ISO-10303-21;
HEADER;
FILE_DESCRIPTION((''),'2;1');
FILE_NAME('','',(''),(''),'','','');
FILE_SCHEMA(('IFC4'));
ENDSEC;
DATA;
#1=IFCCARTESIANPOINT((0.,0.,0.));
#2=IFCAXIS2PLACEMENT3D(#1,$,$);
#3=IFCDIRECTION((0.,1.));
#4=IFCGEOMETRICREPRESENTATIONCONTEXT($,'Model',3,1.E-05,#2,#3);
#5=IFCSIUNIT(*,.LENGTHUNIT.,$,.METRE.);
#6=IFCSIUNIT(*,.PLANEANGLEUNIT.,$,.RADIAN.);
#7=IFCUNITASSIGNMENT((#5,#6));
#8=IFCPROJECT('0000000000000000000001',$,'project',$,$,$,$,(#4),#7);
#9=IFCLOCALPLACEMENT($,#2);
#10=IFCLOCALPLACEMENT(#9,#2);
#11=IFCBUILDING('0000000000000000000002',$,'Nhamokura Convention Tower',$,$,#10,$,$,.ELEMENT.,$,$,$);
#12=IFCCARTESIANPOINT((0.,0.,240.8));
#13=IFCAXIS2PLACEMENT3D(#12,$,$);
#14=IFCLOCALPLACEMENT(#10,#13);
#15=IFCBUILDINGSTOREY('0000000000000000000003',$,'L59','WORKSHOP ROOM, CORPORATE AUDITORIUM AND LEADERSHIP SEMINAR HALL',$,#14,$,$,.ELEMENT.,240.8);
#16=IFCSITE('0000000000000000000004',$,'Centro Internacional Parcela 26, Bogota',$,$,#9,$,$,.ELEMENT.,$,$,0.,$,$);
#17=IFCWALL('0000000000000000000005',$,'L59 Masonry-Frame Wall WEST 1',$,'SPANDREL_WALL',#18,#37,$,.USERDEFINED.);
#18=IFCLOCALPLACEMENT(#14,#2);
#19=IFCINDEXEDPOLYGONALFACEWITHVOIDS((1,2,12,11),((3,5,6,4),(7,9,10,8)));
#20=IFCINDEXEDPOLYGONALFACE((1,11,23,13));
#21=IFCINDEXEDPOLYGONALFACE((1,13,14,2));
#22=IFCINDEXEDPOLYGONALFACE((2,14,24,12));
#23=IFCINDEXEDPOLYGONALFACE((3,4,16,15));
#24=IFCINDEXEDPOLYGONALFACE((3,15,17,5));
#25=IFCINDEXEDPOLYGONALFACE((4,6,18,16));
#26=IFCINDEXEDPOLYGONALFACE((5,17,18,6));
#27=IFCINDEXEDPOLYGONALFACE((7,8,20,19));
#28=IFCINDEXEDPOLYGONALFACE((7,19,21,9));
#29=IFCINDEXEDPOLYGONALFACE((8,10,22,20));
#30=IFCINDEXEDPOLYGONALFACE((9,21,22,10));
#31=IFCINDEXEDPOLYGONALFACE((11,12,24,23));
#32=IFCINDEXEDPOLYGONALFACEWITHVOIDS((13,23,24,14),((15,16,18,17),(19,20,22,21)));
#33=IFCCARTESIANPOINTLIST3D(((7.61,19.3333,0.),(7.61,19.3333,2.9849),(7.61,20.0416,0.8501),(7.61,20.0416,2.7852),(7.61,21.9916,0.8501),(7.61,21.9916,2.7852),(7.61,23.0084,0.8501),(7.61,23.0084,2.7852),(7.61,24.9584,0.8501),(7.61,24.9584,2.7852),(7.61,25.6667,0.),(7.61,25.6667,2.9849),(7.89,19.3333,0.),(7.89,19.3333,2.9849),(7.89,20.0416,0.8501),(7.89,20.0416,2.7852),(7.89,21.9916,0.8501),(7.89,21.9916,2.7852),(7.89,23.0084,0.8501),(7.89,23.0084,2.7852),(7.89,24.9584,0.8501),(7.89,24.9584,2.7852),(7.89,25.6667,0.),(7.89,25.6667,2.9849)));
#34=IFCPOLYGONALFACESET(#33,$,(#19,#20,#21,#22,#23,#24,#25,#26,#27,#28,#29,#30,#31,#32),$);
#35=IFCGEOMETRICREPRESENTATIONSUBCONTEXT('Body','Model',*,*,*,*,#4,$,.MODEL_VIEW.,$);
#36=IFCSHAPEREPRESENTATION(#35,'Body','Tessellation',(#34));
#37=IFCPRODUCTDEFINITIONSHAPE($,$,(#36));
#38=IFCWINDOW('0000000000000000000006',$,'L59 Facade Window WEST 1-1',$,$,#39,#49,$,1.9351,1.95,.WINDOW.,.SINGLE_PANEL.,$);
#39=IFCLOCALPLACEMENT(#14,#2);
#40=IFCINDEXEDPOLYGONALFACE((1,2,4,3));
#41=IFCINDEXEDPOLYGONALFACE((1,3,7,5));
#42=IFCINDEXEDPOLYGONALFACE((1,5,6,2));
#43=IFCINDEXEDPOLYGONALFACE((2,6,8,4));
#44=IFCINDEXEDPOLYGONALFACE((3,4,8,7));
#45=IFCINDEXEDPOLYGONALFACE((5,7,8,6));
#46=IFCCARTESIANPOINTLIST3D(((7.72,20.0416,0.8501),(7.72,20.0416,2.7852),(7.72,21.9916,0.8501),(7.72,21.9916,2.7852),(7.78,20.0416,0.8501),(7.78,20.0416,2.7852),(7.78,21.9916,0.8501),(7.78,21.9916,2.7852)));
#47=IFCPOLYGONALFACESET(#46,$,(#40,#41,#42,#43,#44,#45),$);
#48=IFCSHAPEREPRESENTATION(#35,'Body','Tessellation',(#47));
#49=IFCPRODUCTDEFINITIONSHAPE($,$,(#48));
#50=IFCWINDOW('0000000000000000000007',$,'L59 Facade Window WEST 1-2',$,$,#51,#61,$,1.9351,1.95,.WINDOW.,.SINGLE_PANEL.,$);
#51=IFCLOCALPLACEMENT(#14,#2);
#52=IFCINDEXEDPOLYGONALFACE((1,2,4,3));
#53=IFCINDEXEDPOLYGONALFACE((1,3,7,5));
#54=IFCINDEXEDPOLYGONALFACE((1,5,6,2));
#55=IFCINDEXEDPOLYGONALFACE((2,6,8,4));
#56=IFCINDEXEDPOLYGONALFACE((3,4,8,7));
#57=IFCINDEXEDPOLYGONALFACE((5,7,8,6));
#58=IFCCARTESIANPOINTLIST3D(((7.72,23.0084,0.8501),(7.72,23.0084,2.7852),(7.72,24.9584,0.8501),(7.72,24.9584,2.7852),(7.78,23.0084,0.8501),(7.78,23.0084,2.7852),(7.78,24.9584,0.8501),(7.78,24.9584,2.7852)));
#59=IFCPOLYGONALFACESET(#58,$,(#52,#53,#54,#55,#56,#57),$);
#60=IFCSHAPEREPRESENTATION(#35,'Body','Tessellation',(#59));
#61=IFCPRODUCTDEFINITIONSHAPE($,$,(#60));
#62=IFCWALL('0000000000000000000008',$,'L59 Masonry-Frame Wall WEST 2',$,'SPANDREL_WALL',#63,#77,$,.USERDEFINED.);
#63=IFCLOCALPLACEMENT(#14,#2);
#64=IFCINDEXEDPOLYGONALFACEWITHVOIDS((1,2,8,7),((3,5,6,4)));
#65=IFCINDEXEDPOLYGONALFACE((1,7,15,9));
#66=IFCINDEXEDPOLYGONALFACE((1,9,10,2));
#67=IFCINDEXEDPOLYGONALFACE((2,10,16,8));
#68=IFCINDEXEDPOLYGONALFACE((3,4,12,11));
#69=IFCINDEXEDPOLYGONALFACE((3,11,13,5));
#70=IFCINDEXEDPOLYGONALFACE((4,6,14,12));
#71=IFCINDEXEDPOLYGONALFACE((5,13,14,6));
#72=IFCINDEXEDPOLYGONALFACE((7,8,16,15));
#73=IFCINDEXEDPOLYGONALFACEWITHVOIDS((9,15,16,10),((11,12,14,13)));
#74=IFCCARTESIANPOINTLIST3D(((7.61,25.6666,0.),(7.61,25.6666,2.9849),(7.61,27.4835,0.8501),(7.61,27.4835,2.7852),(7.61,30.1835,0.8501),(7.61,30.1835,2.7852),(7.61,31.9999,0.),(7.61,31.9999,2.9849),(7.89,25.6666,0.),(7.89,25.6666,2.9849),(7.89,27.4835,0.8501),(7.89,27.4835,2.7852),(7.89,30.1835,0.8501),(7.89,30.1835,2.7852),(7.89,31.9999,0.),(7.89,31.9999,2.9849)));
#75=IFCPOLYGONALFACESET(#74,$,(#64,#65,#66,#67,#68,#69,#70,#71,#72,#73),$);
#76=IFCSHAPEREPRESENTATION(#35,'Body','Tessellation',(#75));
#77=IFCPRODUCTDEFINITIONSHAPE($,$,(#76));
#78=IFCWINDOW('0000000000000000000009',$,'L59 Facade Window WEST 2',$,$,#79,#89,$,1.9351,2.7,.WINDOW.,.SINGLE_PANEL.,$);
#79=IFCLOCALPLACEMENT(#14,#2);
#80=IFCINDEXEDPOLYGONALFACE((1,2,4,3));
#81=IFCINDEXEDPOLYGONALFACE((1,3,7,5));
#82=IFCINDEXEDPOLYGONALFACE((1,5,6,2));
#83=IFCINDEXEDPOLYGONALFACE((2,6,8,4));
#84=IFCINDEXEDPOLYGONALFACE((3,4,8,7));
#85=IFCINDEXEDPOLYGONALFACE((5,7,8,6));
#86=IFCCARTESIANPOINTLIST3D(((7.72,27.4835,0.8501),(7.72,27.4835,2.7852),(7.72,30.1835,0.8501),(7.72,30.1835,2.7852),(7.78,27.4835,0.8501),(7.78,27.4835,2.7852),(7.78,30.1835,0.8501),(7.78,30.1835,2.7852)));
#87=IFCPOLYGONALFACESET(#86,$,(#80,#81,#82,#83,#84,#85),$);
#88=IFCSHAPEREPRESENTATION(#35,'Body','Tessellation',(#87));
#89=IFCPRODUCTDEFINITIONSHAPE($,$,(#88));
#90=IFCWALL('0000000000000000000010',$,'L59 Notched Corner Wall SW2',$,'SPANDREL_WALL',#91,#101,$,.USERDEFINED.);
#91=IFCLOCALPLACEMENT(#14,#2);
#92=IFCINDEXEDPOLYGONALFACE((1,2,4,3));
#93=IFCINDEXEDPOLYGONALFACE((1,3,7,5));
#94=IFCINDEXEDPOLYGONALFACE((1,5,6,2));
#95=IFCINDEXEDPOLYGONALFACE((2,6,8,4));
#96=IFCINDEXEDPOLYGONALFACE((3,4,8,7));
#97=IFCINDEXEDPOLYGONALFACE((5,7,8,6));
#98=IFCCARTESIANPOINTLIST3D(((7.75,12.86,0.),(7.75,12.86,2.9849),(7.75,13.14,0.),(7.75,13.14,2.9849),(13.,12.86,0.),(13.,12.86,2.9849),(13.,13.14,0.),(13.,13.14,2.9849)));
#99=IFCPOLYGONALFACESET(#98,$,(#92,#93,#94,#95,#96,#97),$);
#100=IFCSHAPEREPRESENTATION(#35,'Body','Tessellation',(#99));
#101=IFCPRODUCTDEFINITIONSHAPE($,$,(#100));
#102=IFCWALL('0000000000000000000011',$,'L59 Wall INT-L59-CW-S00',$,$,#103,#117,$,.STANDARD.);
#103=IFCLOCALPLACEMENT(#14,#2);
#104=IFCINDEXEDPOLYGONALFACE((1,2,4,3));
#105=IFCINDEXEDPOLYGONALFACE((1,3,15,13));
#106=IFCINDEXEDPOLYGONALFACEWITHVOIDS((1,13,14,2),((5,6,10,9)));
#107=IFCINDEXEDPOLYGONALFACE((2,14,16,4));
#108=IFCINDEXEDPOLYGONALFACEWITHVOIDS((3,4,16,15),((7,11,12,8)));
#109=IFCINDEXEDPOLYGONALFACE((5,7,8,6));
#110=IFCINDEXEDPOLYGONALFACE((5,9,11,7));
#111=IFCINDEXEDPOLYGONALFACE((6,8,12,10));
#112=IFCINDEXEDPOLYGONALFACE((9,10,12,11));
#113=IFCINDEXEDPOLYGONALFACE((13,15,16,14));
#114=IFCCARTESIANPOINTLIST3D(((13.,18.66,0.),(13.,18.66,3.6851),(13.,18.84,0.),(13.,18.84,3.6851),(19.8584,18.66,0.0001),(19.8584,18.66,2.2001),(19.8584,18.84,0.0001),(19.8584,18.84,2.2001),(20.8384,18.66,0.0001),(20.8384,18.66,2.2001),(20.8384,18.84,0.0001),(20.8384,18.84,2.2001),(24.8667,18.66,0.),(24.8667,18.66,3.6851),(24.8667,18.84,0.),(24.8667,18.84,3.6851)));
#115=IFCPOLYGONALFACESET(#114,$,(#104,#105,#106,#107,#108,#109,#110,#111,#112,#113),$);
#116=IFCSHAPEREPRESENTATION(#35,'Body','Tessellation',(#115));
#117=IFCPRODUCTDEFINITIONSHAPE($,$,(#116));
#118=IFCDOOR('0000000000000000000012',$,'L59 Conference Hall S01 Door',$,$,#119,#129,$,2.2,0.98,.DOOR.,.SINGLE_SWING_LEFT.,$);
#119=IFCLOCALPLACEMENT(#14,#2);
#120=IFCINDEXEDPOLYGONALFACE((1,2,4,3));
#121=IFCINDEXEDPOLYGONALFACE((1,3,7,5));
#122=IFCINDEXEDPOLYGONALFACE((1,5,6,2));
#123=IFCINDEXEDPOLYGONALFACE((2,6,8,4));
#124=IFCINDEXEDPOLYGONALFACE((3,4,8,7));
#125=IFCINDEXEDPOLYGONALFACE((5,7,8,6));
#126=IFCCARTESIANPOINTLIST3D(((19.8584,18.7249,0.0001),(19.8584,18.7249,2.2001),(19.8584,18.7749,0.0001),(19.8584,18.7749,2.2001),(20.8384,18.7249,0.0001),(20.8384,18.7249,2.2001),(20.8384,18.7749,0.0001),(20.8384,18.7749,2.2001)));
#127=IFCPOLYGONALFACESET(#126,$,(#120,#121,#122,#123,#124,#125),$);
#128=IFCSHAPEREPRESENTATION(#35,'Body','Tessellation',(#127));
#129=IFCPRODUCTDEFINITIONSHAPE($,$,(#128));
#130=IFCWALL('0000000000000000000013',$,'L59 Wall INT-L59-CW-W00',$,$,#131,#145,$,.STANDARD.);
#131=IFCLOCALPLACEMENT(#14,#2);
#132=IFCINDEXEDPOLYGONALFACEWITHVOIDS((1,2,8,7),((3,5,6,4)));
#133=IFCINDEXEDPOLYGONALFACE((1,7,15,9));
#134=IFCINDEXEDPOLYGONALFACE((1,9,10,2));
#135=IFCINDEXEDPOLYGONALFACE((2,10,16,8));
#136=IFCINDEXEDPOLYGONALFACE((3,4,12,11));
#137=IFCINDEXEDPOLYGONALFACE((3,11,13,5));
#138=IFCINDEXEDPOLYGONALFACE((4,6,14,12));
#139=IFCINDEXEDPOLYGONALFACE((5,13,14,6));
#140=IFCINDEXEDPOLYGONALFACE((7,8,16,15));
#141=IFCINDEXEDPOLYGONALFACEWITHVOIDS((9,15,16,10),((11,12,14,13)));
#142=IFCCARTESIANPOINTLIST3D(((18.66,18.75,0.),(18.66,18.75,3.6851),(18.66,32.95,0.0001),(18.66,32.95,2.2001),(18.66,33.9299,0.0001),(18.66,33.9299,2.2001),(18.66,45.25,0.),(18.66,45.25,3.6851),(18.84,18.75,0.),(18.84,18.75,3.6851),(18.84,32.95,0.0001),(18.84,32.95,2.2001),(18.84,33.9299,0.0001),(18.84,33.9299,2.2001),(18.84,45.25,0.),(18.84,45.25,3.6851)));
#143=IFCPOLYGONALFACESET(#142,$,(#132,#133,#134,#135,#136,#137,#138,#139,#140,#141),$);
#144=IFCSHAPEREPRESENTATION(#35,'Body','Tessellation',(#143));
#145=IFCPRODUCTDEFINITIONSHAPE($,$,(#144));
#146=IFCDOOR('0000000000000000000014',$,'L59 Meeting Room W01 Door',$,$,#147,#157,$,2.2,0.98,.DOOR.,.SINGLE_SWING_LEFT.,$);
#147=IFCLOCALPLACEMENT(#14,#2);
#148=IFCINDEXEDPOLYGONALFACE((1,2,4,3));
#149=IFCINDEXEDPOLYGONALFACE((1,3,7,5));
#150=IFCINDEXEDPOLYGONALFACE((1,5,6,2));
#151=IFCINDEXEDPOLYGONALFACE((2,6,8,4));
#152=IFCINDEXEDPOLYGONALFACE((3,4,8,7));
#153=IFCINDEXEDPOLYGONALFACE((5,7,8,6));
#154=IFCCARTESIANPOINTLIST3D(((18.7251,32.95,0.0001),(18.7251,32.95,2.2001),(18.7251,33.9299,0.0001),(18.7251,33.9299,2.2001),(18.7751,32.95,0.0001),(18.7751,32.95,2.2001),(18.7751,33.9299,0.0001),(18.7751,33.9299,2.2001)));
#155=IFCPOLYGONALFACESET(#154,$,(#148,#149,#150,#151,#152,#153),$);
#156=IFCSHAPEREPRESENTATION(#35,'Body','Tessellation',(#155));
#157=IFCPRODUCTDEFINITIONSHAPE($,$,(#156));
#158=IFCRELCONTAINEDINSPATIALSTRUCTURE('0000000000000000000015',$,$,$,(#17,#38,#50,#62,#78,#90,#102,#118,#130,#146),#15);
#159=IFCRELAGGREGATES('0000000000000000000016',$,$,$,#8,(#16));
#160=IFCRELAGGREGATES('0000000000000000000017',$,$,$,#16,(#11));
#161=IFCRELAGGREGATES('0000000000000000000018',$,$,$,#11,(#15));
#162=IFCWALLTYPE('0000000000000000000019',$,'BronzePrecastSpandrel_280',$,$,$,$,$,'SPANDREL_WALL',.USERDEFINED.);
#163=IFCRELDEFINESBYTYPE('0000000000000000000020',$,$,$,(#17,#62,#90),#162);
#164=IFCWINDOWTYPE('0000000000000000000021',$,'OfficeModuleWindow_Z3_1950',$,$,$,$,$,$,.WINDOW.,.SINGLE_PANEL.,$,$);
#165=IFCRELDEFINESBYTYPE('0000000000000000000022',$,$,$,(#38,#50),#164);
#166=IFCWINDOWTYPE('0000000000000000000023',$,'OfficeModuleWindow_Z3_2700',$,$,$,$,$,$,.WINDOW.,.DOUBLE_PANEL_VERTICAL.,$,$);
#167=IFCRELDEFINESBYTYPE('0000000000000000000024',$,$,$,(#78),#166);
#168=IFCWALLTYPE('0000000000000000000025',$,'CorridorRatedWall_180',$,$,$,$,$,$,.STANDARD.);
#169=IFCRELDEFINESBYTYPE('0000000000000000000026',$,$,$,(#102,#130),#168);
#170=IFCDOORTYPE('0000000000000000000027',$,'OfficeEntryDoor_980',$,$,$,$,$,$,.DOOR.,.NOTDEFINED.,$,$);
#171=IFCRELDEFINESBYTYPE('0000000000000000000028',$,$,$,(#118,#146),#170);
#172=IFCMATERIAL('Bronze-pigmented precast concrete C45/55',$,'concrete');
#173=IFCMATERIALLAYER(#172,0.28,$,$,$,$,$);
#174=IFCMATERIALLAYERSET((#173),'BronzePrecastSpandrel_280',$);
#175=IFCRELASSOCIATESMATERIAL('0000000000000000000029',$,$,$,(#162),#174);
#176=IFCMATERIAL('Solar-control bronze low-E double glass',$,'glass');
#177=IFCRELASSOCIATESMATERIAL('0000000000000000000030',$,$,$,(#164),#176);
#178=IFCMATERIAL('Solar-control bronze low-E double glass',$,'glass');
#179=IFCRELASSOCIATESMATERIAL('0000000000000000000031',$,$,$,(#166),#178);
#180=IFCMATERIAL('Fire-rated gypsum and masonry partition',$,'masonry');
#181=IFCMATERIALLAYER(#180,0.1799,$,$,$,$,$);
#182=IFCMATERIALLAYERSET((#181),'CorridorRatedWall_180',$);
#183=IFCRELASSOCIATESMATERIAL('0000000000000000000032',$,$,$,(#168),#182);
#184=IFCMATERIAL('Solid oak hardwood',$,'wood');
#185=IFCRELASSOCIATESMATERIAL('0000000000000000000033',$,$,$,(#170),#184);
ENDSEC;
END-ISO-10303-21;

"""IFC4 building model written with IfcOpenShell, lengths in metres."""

from ifc_helpers import new_model, si_unit, direction, frame, frame_2d, origin, place, context, subcontext, project, spatial, rectangle, extrude, material, layer, layer_set, type_object, element, fill, save


model = new_model("IFC4")

# Units and contexts
model_context = context("Model", 3, precision=1e-05, world=origin(), true_north=direction((0.0, 1.0)))
body_context = subcontext(model_context, "Body", "Model", "MODEL_VIEW")
ifc_project = project(units=[si_unit("LENGTHUNIT", "METRE"), si_unit("PLANEANGLEUNIT", "RADIAN")], contexts=[model_context])

# Site, building, storey
site_placement = place(None, origin())
site = spatial("IfcSite", under=ifc_project, at=site_placement, Name="Centro Internacional Parcela 26, Bogota", CompositionType="ELEMENT", RefElevation=0.0)
building_placement = place(site_placement, origin())
building = spatial("IfcBuilding", under=site, at=building_placement, Name="Nhamokura Convention Tower", CompositionType="ELEMENT")
storey_placement = place(building_placement, frame((0.0, 0.0, 240.8)))
storey = spatial("IfcBuildingStorey", under=building, at=storey_placement, Name="L59", Description="WORKSHOP ROOM, CORPORATE AUDITORIUM AND LEADERSHIP SEMINAR HALL", CompositionType="ELEMENT", Elevation=240.8)

# Wall, openings, windows
ifc_material_1 = material(Name="Bronze-pigmented precast concrete C45/55", Category="concrete")
ifc_layer_1 = layer(ifc_material_1, 0.28)
ifc_layer_set_1 = layer_set([ifc_layer_1], Name="BronzePrecastSpandrel_280")
wall_type_1 = type_object("IfcWallType", Name="BronzePrecastSpandrel_280", ElementType="SPANDREL_WALL", PredefinedType="USERDEFINED", material=ifc_layer_set_1)
wall_1_placement = place(storey_placement, frame((7.75, 19.3333, 0.0), z_axis=(0.0, 0.0, 1.0), x_axis=(0.0, 1.0, 0.0)))
wall_1 = element("IfcWall", 1, at=wall_1_placement, inside=storey, type_object=wall_type_1, Name="L59 Masonry-Frame Wall WEST 1", ObjectType="SPANDREL_WALL", PredefinedType="USERDEFINED", context=body_context, shape_type="SweptSolid", body=[
    extrude(rectangle(XDim=6.3335, YDim=0.28, at=frame_2d((3.1667, 0.0))), origin(), (0.0, 0.0, 1.0), 2.9849),
])
opening_1_placement = place(wall_1_placement, frame((0.7083, 0.0, 0.8501)))
opening_1 = element("IfcOpeningElement", 2, at=opening_1_placement, cuts=wall_1, PredefinedType="OPENING", context=body_context, shape_type="SweptSolid", body=[
    extrude(rectangle(XDim=1.95, YDim=1.9351, at=frame_2d((0.9751, 0.9675))), frame((0.0, 0.1499, 0.0), z_axis=(0.0, -1.0, 0.0), x_axis=(1.0, 0.0, 0.0)), (0.0, 0.0, 1.0), 0.3),
])
opening_2_placement = place(wall_1_placement, frame((3.675, 0.0, 0.8501)))
opening_2 = element("IfcOpeningElement", 3, at=opening_2_placement, cuts=wall_1, PredefinedType="OPENING", context=body_context, shape_type="SweptSolid", body=[
    extrude(rectangle(XDim=1.95, YDim=1.9351, at=frame_2d((0.9751, 0.9675))), frame((0.0, 0.1499, 0.0), z_axis=(0.0, -1.0, 0.0), x_axis=(1.0, 0.0, 0.0)), (0.0, 0.0, 1.0), 0.3),
])
ifc_material_2 = material(Name="Solar-control bronze low-E double glass", Category="glass")
window_type_1 = type_object("IfcWindowType", Name="OfficeModuleWindow_Z3_1950", PartitioningType="SINGLE_PANEL", PredefinedType="WINDOW", material=ifc_material_2)
window_1_placement = place(opening_1_placement, origin())
window_1 = element("IfcWindow", 4, at=window_1_placement, inside=storey, type_object=window_type_1, Name="L59 Facade Window WEST 1-1", OverallHeight=1.9351, OverallWidth=1.95, PartitioningType="SINGLE_PANEL", PredefinedType="WINDOW", context=body_context, shape_type="SweptSolid", body=[
    extrude(rectangle(XDim=1.95, YDim=1.9351, at=frame_2d((0.9751, 0.9675))), frame((0.0, 0.03, 0.0), z_axis=(0.0, -1.0, 0.0), x_axis=(1.0, 0.0, 0.0)), (0.0, 0.0, 1.0), 0.0601),
])
fill(opening_1, window_1)
window_2_placement = place(opening_2_placement, origin())
window_2 = element("IfcWindow", 5, at=window_2_placement, inside=storey, type_object=window_type_1, Name="L59 Facade Window WEST 1-2", OverallHeight=1.9351, OverallWidth=1.95, PartitioningType="SINGLE_PANEL", PredefinedType="WINDOW", context=body_context, shape_type="SweptSolid", body=[
    extrude(rectangle(XDim=1.95, YDim=1.9351, at=frame_2d((0.9751, 0.9675))), frame((0.0, 0.03, 0.0), z_axis=(0.0, -1.0, 0.0), x_axis=(1.0, 0.0, 0.0)), (0.0, 0.0, 1.0), 0.0601),
])
fill(opening_2, window_2)

# Wall, opening, window
wall_2_placement = place(storey_placement, frame((7.75, 25.6667, 0.0), z_axis=(0.0, 0.0, 1.0), x_axis=(0.0, 1.0, 0.0)))
wall_2 = element("IfcWall", 6, at=wall_2_placement, inside=storey, type_object=wall_type_1, Name="L59 Masonry-Frame Wall WEST 2", ObjectType="SPANDREL_WALL", PredefinedType="USERDEFINED", context=body_context, shape_type="SweptSolid", body=[
    extrude(rectangle(XDim=6.3333, YDim=0.28, at=frame_2d((3.1665, 0.0))), origin(), (0.0, 0.0, 1.0), 2.9849),
])
opening_3_placement = place(wall_2_placement, frame((1.8167, 0.0, 0.8501)))
opening_3 = element("IfcOpeningElement", 7, at=opening_3_placement, cuts=wall_2, PredefinedType="OPENING", context=body_context, shape_type="SweptSolid", body=[
    extrude(rectangle(XDim=2.7, YDim=1.9351, at=frame_2d((1.3501, 0.9675))), frame((0.0, 0.1499, 0.0), z_axis=(0.0, -1.0, 0.0), x_axis=(1.0, 0.0, 0.0)), (0.0, 0.0, 1.0), 0.3),
])
ifc_material_3 = material(Name="Solar-control bronze low-E double glass", Category="glass")
window_type_2 = type_object("IfcWindowType", Name="OfficeModuleWindow_Z3_2700", PartitioningType="DOUBLE_PANEL_VERTICAL", PredefinedType="WINDOW", material=ifc_material_3)
window_3_placement = place(opening_3_placement, origin())
window_3 = element("IfcWindow", 8, at=window_3_placement, inside=storey, type_object=window_type_2, Name="L59 Facade Window WEST 2", OverallHeight=1.9351, OverallWidth=2.7, PartitioningType="SINGLE_PANEL", PredefinedType="WINDOW", context=body_context, shape_type="SweptSolid", body=[
    extrude(rectangle(XDim=2.7, YDim=1.9351, at=frame_2d((1.3501, 0.9675))), frame((0.0, 0.03, 0.0), z_axis=(0.0, -1.0, 0.0), x_axis=(1.0, 0.0, 0.0)), (0.0, 0.0, 1.0), 0.0601),
])
fill(opening_3, window_3)

# Wall
wall_3_placement = place(storey_placement, frame((13.0, 13.0, 0.0), z_axis=(0.0, 0.0, 1.0), x_axis=(-1.0, 0.0, 0.0)))
element("IfcWall", 9, at=wall_3_placement, inside=storey, type_object=wall_type_1, Name="L59 Notched Corner Wall SW2", ObjectType="SPANDREL_WALL", PredefinedType="USERDEFINED", context=body_context, shape_type="SweptSolid", body=[
    extrude(rectangle(XDim=5.25, YDim=0.28, at=frame_2d((2.625, 0.0))), origin(), (0.0, 0.0, 1.0), 2.9849),
])

# Walls, openings, doors
ifc_material_4 = material(Name="Fire-rated gypsum and masonry partition", Category="masonry")
ifc_layer_2 = layer(ifc_material_4, 0.1799)
ifc_layer_set_2 = layer_set([ifc_layer_2], Name="CorridorRatedWall_180")
wall_type_2 = type_object("IfcWallType", Name="CorridorRatedWall_180", PredefinedType="STANDARD", material=ifc_layer_set_2)
wall_4_placement = place(storey_placement, frame((13.0, 18.75, 0.0), z_axis=(0.0, 0.0, 1.0), x_axis=(1.0, 0.0, 0.0)))
wall_4 = element("IfcWall", 10, at=wall_4_placement, inside=storey, type_object=wall_type_2, Name="L59 Wall INT-L59-CW-S00", PredefinedType="STANDARD", context=body_context, shape_type="SweptSolid", body=[
    extrude(rectangle(XDim=11.8667, YDim=0.1799, at=frame_2d((5.9333, 0.0))), origin(), (0.0, 0.0, 1.0), 3.6851),
])
opening_4_placement = place(wall_4_placement, frame((6.8584, 0.0, 0.0)))
opening_4 = element("IfcOpeningElement", 11, at=opening_4_placement, cuts=wall_4, PredefinedType="OPENING", context=body_context, shape_type="SweptSolid", body=[
    extrude(rectangle(XDim=0.98, YDim=2.2, at=frame_2d((0.49, 1.1001))), frame((0.0, 0.0999, 0.0), z_axis=(0.0, -1.0, 0.0), x_axis=(1.0, 0.0, 0.0)), (0.0, 0.0, 1.0), 0.2),
])
ifc_material_5 = material(Name="Solid oak hardwood", Category="wood")
door_type = type_object("IfcDoorType", Name="OfficeEntryDoor_980", OperationType="NOTDEFINED", PredefinedType="DOOR", material=ifc_material_5)
door_1_placement = place(opening_4_placement, origin())
door_1 = element("IfcDoor", 12, at=door_1_placement, inside=storey, type_object=door_type, Name="L59 Conference Hall S01 Door", OperationType="SINGLE_SWING_LEFT", OverallHeight=2.2, OverallWidth=0.98, PredefinedType="DOOR", context=body_context, shape_type="SweptSolid", body=[
    extrude(rectangle(XDim=0.98, YDim=2.2, at=frame_2d((0.49, 1.1001))), frame((0.0, 0.0249, 0.0), z_axis=(0.0, -1.0, 0.0), x_axis=(1.0, 0.0, 0.0)), (0.0, 0.0, 1.0), 0.05),
])
fill(opening_4, door_1)
wall_5_placement = place(storey_placement, frame((18.75, 18.75, 0.0), z_axis=(0.0, 0.0, 1.0), x_axis=(0.0, 1.0, 0.0)))
wall_5 = element("IfcWall", 13, at=wall_5_placement, inside=storey, type_object=wall_type_2, Name="L59 Wall INT-L59-CW-W00", PredefinedType="STANDARD", context=body_context, shape_type="SweptSolid", body=[
    extrude(rectangle(XDim=26.5, YDim=0.1799, at=frame_2d((13.25, 0.0))), origin(), (0.0, 0.0, 1.0), 3.6851),
])
opening_5_placement = place(wall_5_placement, frame((14.2, 0.0, 0.0)))
opening_5 = element("IfcOpeningElement", 14, at=opening_5_placement, cuts=wall_5, PredefinedType="OPENING", context=body_context, shape_type="SweptSolid", body=[
    extrude(rectangle(XDim=0.98, YDim=2.2, at=frame_2d((0.49, 1.1001))), frame((0.0, 0.0999, 0.0), z_axis=(0.0, -1.0, 0.0), x_axis=(1.0, 0.0, 0.0)), (0.0, 0.0, 1.0), 0.2),
])
door_2_placement = place(opening_5_placement, origin())
door_2 = element("IfcDoor", 15, at=door_2_placement, inside=storey, type_object=door_type, Name="L59 Meeting Room W01 Door", OperationType="SINGLE_SWING_LEFT", OverallHeight=2.2, OverallWidth=0.98, PredefinedType="DOOR", context=body_context, shape_type="SweptSolid", body=[
    extrude(rectangle(XDim=0.98, YDim=2.2, at=frame_2d((0.49, 1.1001))), frame((0.0, 0.0249, 0.0), z_axis=(0.0, -1.0, 0.0), x_axis=(1.0, 0.0, 0.0)), (0.0, 0.0, 1.0), 0.05),
])
fill(opening_5, door_2)

save(model, "model.ifc")
